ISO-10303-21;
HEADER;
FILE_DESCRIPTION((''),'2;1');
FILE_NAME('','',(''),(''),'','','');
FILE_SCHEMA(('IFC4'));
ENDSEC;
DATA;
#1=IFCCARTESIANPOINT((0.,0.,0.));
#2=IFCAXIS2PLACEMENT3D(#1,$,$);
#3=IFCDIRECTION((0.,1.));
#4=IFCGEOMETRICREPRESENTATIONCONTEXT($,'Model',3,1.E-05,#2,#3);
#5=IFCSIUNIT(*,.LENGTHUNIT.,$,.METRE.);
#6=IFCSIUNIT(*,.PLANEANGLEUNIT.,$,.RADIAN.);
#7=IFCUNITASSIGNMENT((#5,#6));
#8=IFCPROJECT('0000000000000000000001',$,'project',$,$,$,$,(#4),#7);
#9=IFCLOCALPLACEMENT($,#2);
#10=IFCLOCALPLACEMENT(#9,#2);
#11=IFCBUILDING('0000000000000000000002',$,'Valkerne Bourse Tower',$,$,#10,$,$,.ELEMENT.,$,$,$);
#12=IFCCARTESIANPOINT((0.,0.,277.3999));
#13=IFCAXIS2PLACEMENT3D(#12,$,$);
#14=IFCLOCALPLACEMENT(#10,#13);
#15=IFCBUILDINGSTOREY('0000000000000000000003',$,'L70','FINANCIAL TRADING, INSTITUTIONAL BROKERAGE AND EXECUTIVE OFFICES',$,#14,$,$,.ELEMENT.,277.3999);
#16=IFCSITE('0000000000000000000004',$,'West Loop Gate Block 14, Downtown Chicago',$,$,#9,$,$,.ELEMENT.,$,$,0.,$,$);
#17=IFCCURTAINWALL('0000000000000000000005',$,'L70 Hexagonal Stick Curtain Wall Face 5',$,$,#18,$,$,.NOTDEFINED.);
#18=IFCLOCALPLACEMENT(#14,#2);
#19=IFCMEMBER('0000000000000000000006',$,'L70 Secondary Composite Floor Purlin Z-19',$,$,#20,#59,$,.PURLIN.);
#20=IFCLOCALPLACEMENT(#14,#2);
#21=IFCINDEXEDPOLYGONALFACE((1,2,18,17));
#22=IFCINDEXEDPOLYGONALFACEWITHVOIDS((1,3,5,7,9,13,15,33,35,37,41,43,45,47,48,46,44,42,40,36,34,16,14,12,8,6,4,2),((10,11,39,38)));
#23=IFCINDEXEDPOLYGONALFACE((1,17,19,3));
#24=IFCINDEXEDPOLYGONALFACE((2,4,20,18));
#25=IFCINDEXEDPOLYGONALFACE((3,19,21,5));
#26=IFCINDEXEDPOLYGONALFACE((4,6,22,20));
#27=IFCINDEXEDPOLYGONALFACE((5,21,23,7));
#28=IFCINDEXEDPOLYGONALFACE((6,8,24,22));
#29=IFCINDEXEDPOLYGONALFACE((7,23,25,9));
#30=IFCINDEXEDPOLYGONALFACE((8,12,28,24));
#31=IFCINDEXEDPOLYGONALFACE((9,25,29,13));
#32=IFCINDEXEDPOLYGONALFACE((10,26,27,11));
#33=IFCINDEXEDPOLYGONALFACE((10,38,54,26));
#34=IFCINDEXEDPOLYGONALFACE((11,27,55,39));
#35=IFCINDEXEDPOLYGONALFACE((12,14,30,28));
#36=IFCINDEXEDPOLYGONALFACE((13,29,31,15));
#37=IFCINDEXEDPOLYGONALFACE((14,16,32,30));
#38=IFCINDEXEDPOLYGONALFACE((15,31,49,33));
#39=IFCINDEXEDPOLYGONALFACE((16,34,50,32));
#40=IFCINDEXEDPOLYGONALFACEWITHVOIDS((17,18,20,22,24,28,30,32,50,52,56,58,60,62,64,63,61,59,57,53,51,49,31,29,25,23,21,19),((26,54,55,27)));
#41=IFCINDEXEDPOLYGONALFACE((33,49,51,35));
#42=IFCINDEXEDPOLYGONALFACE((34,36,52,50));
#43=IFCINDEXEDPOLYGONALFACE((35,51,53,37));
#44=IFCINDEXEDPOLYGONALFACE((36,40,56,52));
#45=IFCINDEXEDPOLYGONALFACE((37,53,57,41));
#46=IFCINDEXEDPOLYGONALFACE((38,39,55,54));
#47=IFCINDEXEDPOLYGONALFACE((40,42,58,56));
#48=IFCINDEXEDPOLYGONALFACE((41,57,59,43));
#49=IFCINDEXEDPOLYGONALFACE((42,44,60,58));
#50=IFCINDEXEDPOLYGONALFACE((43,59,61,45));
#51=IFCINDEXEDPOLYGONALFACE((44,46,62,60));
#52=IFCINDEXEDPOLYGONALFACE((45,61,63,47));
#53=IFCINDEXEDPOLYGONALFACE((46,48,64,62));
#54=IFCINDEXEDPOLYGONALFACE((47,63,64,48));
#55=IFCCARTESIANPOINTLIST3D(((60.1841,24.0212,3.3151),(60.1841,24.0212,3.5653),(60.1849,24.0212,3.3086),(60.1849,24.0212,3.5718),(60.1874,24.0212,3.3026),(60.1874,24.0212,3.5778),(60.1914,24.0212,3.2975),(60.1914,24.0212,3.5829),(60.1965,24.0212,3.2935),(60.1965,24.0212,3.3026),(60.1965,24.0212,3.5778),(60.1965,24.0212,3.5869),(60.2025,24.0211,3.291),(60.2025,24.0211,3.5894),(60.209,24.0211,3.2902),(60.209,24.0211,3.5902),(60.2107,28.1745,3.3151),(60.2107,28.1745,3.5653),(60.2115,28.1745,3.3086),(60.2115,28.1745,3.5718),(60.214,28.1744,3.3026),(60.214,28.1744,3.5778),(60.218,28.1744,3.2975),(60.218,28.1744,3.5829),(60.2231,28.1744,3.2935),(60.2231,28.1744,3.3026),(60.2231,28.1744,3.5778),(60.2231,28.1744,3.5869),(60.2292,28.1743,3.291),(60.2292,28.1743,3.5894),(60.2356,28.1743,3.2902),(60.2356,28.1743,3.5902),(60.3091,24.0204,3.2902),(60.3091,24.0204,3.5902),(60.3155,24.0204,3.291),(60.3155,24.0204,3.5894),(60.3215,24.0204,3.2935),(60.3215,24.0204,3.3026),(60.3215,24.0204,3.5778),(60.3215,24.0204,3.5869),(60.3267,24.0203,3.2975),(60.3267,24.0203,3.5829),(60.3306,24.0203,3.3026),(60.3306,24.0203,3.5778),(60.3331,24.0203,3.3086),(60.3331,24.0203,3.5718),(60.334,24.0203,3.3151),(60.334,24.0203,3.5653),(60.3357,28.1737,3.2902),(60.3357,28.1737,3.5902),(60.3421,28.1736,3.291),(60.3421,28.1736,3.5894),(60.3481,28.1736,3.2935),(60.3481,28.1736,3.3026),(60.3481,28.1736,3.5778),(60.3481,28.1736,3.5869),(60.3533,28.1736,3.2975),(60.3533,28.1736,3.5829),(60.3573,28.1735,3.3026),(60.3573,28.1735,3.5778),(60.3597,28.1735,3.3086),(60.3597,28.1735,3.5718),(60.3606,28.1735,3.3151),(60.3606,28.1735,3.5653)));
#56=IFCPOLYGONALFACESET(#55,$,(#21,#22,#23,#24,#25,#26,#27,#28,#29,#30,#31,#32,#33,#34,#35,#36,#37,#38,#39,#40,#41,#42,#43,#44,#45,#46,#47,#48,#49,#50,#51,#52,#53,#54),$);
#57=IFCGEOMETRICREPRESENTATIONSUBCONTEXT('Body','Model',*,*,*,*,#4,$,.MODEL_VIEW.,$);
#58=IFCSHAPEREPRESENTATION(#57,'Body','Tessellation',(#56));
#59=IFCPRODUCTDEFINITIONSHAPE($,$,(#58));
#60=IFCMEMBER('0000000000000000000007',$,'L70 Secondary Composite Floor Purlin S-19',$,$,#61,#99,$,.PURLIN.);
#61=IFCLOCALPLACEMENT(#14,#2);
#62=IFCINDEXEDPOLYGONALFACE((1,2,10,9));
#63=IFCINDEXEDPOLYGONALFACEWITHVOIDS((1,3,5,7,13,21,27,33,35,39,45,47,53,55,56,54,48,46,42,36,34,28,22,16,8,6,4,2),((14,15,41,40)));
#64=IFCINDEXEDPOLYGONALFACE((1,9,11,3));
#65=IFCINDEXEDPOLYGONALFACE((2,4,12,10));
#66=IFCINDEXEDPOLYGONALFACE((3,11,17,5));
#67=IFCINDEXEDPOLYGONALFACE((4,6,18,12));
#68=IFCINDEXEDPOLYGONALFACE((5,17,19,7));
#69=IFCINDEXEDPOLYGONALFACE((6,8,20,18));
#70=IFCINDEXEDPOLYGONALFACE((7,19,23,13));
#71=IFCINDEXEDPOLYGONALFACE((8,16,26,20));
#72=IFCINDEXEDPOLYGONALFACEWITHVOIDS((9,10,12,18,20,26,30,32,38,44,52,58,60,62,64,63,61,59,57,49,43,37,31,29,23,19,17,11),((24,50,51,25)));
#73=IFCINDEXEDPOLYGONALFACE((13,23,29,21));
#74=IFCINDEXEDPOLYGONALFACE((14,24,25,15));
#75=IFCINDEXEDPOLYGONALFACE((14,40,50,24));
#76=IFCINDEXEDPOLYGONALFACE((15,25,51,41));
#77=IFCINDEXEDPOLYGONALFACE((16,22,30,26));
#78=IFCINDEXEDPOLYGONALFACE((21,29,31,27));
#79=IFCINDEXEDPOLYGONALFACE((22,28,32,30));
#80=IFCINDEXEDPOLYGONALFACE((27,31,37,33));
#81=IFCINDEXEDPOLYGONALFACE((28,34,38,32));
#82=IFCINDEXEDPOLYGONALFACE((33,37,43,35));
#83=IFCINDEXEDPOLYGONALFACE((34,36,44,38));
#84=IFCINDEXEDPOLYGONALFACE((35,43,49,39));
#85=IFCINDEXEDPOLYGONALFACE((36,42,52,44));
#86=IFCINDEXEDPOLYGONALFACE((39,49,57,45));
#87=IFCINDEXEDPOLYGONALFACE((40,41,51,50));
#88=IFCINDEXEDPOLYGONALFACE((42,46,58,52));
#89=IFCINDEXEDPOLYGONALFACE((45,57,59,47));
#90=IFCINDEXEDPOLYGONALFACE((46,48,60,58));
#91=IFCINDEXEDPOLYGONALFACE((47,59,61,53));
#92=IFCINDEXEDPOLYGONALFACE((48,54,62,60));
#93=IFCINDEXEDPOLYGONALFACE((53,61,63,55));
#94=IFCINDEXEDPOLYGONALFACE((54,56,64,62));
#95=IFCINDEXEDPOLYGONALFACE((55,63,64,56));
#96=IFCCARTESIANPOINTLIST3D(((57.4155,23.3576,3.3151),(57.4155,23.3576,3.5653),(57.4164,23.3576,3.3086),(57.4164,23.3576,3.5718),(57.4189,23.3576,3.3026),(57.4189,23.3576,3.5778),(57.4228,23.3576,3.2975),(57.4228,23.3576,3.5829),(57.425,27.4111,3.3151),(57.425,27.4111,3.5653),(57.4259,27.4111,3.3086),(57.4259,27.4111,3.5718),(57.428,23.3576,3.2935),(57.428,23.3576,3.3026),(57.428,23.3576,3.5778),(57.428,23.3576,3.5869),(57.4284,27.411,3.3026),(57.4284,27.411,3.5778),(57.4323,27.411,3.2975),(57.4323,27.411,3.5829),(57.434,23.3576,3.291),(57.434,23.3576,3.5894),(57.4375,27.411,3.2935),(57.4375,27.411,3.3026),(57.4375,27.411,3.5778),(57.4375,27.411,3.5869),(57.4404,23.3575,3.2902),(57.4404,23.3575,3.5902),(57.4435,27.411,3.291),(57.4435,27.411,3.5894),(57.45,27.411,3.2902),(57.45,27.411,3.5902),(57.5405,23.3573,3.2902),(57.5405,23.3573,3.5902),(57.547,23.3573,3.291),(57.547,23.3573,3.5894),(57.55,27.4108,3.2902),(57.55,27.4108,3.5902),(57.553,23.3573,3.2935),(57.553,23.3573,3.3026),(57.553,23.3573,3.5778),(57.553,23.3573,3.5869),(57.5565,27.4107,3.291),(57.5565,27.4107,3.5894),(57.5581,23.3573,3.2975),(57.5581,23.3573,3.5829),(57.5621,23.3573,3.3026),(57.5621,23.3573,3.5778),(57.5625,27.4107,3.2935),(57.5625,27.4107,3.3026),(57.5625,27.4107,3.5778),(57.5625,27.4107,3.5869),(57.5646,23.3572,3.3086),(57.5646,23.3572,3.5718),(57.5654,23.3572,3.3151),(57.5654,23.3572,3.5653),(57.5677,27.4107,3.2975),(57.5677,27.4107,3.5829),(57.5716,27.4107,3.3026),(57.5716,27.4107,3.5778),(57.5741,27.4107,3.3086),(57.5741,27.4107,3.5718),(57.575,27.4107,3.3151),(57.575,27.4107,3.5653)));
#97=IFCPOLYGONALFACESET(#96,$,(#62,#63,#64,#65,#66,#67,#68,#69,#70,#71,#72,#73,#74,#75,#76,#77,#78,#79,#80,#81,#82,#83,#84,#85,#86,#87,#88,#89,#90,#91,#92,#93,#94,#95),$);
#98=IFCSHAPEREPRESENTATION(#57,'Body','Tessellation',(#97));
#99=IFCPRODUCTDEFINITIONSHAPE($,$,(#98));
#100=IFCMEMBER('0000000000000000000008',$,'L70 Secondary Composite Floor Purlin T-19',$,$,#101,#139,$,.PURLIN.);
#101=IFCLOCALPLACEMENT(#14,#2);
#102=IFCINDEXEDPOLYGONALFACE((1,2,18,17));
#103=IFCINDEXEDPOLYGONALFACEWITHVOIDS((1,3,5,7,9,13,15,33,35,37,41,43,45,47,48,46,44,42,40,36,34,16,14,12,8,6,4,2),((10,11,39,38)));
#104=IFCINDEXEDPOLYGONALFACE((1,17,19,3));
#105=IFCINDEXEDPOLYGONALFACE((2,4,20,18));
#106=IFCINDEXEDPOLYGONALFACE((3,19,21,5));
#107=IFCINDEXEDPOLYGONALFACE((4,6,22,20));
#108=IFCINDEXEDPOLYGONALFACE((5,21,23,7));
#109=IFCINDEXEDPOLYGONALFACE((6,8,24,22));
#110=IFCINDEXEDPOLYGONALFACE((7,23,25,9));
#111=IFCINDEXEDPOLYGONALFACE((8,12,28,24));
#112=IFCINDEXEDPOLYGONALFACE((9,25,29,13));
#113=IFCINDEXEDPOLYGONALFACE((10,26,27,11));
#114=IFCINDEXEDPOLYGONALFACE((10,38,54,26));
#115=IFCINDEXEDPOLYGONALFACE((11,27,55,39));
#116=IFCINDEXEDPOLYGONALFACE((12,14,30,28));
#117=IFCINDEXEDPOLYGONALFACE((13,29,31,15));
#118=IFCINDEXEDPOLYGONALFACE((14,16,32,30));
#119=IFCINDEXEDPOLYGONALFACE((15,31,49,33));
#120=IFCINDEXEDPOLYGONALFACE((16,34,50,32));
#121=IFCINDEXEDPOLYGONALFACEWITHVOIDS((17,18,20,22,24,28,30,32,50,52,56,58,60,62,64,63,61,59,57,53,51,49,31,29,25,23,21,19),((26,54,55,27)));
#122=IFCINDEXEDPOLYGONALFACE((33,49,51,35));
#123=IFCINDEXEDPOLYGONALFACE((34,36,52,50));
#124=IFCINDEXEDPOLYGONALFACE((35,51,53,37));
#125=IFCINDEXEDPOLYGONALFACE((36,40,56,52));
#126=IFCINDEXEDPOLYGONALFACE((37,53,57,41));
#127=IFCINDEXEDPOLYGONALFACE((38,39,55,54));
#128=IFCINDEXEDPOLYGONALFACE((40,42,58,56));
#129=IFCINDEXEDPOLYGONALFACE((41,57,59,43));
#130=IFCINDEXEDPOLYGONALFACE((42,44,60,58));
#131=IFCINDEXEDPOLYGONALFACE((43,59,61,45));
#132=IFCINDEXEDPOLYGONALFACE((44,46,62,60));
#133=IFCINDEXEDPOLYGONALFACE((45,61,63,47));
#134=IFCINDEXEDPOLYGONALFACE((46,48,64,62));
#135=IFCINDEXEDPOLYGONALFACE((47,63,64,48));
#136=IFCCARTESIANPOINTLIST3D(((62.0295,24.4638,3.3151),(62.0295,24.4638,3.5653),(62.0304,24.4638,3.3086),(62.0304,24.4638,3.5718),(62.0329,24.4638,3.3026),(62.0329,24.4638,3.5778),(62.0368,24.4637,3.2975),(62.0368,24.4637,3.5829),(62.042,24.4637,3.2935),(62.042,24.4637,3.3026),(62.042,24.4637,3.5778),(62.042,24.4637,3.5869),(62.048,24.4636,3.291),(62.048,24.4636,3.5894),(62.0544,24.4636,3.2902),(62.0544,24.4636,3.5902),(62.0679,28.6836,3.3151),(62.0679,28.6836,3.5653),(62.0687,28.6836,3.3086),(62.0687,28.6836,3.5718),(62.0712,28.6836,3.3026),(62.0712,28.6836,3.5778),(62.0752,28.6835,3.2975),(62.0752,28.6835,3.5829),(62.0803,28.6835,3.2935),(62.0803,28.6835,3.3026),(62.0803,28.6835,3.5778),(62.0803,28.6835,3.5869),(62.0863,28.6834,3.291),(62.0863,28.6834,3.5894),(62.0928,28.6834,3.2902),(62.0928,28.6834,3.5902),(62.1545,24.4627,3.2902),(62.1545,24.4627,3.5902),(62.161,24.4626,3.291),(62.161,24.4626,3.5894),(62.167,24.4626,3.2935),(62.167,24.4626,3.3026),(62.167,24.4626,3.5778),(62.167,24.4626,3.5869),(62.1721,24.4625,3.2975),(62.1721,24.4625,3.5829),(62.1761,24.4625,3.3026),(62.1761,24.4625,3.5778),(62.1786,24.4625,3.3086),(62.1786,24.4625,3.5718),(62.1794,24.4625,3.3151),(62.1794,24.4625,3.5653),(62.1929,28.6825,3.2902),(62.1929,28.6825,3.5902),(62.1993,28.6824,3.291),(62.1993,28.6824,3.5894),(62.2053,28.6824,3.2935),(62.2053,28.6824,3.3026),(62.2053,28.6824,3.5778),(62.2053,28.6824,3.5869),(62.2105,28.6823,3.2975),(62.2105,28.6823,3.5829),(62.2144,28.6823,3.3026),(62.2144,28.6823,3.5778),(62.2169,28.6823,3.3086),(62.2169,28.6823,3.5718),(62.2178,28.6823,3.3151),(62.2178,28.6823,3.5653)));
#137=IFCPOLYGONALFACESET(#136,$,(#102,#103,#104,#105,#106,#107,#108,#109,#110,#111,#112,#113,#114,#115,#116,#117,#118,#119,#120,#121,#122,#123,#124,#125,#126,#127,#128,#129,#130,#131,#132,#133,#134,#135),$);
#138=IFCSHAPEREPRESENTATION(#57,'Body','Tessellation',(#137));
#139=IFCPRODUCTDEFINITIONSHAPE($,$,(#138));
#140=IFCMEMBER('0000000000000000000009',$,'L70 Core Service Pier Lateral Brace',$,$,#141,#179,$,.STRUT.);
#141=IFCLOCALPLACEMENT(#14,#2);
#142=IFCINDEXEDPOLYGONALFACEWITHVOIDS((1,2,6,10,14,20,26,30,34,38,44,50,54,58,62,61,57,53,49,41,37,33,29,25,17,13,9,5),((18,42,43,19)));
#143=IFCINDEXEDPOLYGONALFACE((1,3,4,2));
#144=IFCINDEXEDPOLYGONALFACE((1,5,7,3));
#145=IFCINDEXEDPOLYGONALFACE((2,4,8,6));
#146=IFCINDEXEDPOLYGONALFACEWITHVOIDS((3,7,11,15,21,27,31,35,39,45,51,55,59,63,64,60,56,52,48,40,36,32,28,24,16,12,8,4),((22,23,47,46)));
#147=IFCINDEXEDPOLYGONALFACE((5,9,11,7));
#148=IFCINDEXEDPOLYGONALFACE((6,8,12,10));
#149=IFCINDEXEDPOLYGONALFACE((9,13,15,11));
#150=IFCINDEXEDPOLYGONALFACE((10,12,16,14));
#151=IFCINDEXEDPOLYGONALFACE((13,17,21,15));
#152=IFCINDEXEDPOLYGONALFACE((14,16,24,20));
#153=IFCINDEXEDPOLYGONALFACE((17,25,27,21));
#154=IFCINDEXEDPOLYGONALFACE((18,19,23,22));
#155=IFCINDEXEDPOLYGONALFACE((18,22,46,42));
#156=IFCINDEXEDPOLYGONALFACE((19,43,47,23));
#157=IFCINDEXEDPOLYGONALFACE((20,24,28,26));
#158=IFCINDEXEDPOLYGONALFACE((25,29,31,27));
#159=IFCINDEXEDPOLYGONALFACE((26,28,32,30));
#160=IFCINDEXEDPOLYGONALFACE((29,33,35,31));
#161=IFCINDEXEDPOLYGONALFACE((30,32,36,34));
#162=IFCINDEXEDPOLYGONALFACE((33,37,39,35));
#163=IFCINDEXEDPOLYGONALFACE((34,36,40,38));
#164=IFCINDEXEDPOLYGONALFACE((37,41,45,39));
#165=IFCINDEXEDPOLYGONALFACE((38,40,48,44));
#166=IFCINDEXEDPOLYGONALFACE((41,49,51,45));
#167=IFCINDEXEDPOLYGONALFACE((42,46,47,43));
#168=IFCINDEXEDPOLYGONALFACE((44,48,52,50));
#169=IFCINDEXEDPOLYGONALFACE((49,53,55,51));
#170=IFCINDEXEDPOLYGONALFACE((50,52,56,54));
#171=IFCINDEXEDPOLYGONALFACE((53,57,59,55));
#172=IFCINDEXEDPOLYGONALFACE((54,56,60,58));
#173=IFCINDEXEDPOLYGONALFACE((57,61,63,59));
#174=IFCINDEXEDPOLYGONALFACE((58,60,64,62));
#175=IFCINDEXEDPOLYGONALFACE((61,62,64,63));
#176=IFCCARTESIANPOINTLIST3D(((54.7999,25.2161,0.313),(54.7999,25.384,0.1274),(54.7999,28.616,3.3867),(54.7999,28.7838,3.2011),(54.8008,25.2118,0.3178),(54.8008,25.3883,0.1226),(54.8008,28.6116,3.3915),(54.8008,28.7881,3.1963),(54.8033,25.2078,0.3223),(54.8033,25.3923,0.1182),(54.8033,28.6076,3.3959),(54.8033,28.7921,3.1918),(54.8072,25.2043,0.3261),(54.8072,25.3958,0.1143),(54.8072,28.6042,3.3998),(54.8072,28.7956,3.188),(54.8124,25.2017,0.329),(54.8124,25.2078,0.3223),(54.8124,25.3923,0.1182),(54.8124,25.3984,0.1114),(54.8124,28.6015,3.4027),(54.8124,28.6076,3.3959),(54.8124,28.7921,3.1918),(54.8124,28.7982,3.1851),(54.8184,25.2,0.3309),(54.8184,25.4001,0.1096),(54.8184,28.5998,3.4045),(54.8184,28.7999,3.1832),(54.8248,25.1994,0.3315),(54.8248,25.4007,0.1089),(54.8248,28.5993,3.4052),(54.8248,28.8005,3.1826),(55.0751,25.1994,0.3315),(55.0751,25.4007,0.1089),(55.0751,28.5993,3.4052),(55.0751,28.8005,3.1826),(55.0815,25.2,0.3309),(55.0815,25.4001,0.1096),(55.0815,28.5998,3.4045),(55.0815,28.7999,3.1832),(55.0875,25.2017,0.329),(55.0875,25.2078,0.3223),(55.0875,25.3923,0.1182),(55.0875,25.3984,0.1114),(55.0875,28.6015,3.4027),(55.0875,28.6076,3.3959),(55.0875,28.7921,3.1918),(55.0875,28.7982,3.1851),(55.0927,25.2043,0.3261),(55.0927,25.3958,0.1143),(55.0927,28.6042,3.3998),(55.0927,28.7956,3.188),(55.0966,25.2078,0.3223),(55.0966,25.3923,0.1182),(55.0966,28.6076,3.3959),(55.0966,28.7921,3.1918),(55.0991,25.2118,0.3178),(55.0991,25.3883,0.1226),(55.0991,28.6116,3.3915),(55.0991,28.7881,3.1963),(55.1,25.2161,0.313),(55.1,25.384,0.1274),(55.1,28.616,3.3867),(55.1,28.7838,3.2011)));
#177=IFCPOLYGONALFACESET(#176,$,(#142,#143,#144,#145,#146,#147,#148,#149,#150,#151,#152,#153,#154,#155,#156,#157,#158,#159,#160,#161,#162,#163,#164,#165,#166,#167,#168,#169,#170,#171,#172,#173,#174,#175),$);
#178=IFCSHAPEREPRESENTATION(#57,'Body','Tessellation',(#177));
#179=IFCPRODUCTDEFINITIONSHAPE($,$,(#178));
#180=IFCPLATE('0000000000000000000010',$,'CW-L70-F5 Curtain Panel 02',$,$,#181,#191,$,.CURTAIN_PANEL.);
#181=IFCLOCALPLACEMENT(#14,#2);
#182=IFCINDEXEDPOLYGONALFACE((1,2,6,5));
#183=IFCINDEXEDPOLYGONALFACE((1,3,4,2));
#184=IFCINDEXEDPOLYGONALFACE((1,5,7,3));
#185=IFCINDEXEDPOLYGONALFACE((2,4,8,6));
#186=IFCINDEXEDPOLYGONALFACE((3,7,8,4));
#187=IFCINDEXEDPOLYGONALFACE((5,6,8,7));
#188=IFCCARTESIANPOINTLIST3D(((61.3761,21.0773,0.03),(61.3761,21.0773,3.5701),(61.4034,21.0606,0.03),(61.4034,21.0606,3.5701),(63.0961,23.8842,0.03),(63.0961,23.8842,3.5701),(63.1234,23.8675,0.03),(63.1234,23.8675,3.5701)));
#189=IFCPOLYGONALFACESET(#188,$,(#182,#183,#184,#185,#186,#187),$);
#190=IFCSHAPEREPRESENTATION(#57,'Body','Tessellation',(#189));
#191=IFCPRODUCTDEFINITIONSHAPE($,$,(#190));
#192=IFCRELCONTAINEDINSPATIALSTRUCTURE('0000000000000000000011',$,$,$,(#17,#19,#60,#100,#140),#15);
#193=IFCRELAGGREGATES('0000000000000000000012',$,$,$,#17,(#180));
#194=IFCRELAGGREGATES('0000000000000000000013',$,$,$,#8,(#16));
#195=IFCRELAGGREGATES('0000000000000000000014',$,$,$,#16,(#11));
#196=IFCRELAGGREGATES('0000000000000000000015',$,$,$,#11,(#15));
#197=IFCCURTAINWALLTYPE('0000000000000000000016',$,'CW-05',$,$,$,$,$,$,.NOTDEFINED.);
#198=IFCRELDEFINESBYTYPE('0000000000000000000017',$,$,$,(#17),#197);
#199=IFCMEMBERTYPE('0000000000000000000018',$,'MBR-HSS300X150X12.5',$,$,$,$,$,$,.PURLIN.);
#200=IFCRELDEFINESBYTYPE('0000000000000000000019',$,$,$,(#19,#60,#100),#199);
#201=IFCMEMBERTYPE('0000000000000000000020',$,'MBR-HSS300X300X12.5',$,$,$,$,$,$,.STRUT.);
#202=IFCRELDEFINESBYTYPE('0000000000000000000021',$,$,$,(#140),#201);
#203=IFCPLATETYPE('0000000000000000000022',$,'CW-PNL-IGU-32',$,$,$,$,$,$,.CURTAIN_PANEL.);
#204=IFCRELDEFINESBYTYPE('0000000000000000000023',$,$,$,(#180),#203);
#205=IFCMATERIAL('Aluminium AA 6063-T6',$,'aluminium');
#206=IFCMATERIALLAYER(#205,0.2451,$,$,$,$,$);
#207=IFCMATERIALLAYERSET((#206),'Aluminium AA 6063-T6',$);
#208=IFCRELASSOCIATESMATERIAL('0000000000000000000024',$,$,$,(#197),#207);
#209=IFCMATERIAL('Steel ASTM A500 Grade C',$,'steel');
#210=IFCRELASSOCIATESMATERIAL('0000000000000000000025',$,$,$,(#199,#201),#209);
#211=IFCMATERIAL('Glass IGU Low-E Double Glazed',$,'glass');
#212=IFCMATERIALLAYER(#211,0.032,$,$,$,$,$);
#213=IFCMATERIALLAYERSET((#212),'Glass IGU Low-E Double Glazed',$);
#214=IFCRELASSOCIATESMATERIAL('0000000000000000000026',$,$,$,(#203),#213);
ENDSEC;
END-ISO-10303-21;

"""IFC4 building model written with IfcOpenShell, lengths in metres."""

from ifc_helpers import new_model, si_unit, direction, frame, origin, origin_2d, place, context, subcontext, project, spatial, rectangle, hollow_rectangle, extrude, material, layer, layer_set, material_profile, profile_set, type_object, element, aggregate, save


model = new_model("IFC4")

# Units and contexts
model_context = context("Model", 3, precision=1e-05, world=origin(), true_north=direction((0.0, 1.0)))
body_context = subcontext(model_context, "Body", "Model", "MODEL_VIEW")
ifc_project = project(units=[si_unit("LENGTHUNIT", "METRE"), si_unit("PLANEANGLEUNIT", "RADIAN")], contexts=[model_context])

# Site, building, storey
site_placement = place(None, origin())
site = spatial("IfcSite", under=ifc_project, at=site_placement, Name="West Loop Gate Block 14, Downtown Chicago", CompositionType="ELEMENT", RefElevation=0.0)
building_placement = place(site_placement, origin())
building = spatial("IfcBuilding", under=site, at=building_placement, Name="Valkerne Bourse Tower", CompositionType="ELEMENT")
storey_placement = place(building_placement, frame((0.0, 0.0, 277.3999)))
storey = spatial("IfcBuildingStorey", under=building, at=storey_placement, Name="L70", Description="FINANCIAL TRADING, INSTITUTIONAL BROKERAGE AND EXECUTIVE OFFICES", CompositionType="ELEMENT", Elevation=277.3999)

# Shared definitions
ifc_material_1 = material(Name="Steel ASTM A500 Grade C", Category="steel")

# Curtain wall
ifc_material_2 = material(Name="Aluminium AA 6063-T6", Category="aluminium")
ifc_layer_1 = layer(ifc_material_2, 0.2451)
ifc_layer_set_1 = layer_set([ifc_layer_1], Name="Aluminium AA 6063-T6")
curtain_wall_type = type_object("IfcCurtainWallType", Name="CW-05", PredefinedType="NOTDEFINED", material=ifc_layer_set_1)
curtain_wall_placement = place(storey_placement, origin())
curtain_wall = element("IfcCurtainWall", 1, at=curtain_wall_placement, inside=storey, type_object=curtain_wall_type, Name="L70 Hexagonal Stick Curtain Wall Face 5", PredefinedType="NOTDEFINED")

# Members
ifc_material_profile_1 = material_profile(ifc_material_1, hollow_rectangle(XDim=0.1499, YDim=0.3, WallThickness=0.0125, OuterFilletRadius=0.0249, at=origin_2d()), Name="HSS300X150X12.5")
ifc_profile_set_1 = profile_set([ifc_material_profile_1], Name="Steel ASTM A500 Grade C")
member_type_1 = type_object("IfcMemberType", Name="MBR-HSS300X150X12.5", PredefinedType="PURLIN", material=ifc_profile_set_1)
member_1_placement = place(storey_placement, frame((60.259, 24.0208, 3.4402), z_axis=(0.006407, 0.999979, 0.0), x_axis=(-0.999979, 0.006407, 0.0)))
element("IfcMember", 2, at=member_1_placement, inside=storey, type_object=member_type_1, Name="L70 Secondary Composite Floor Purlin Z-19", PredefinedType="PURLIN", context=body_context, shape_type="SweptSolid", body=[
    extrude(hollow_rectangle(XDim=0.1499, YDim=0.3, WallThickness=0.0125, OuterFilletRadius=0.0249, at=origin_2d()), origin(), (0.0, 0.0, 1.0), 4.1533),
])
member_2_placement = place(storey_placement, frame((57.4905, 23.3574, 3.4402), z_axis=(0.002349, 0.999997, 0.0), x_axis=(-0.999997, 0.002349, 0.0)))
element("IfcMember", 3, at=member_2_placement, inside=storey, type_object=member_type_1, Name="L70 Secondary Composite Floor Purlin S-19", PredefinedType="PURLIN", context=body_context, shape_type="SweptSolid", body=[
    extrude(hollow_rectangle(XDim=0.1499, YDim=0.3, WallThickness=0.0125, OuterFilletRadius=0.0249, at=origin_2d()), origin(), (0.0, 0.0, 1.0), 4.0535),
])
member_3_placement = place(storey_placement, frame((62.1045, 24.4631, 3.4402), z_axis=(0.009083, 0.999959, 0.0), x_axis=(-0.999959, 0.009083, 0.0)))
element("IfcMember", 4, at=member_3_placement, inside=storey, type_object=member_type_1, Name="L70 Secondary Composite Floor Purlin T-19", PredefinedType="PURLIN", context=body_context, shape_type="SweptSolid", body=[
    extrude(hollow_rectangle(XDim=0.1499, YDim=0.3, WallThickness=0.0125, OuterFilletRadius=0.0249, at=origin_2d()), origin(), (0.0, 0.0, 1.0), 4.22),
])
ifc_material_profile_2 = material_profile(ifc_material_1, hollow_rectangle(XDim=0.3, YDim=0.3, WallThickness=0.0125, OuterFilletRadius=0.0249, at=origin_2d()), Name="HSS300X300X12.5")
ifc_profile_set_2 = profile_set([ifc_material_profile_2], Name="Steel ASTM A500 Grade C")
member_type_2 = type_object("IfcMemberType", Name="MBR-HSS300X300X12.5", PredefinedType="STRUT", material=ifc_profile_set_2)
member_4_placement = place(storey_placement, frame((54.95, 25.3, 0.2202), z_axis=(0.0, 0.741793, 0.670629), x_axis=(-1.0, 0.0, 0.0)))
element("IfcMember", 5, at=member_4_placement, inside=storey, type_object=member_type_2, Name="L70 Core Service Pier Lateral Brace", PredefinedType="STRUT", context=body_context, shape_type="SweptSolid", body=[
    extrude(hollow_rectangle(XDim=0.3, YDim=0.3, WallThickness=0.0125, OuterFilletRadius=0.0249, at=origin_2d()), origin(), (0.0, 0.0, 1.0), 4.5833),
])

# Plate
ifc_material_3 = material(Name="Glass IGU Low-E Double Glazed", Category="glass")
ifc_layer_2 = layer(ifc_material_3, 0.032)
ifc_layer_set_2 = layer_set([ifc_layer_2], Name="Glass IGU Low-E Double Glazed")
plate_type_1 = type_object("IfcPlateType", Name="CW-PNL-IGU-32", PredefinedType="CURTAIN_PANEL", material=ifc_layer_set_2)
plate_1_placement = place(storey_placement, frame((62.2498, 22.4724, 0.03), z_axis=(0.0, 0.0, 1.0), x_axis=(0.522496, 0.852642, 0.0)))
plate_1 = element("IfcPlate", 6, at=plate_1_placement, type_object=plate_type_1, Name="CW-L70-F5 Curtain Panel 02", PredefinedType="CURTAIN_PANEL", context=body_context, shape_type="SweptSolid", body=[
    extrude(rectangle(XDim=3.292, YDim=0.032, at=origin_2d()), origin(), (0.0, 0.0, 1.0), 3.54),
])
aggregate(curtain_wall, [plate_1])

save(model, "model.ifc")
